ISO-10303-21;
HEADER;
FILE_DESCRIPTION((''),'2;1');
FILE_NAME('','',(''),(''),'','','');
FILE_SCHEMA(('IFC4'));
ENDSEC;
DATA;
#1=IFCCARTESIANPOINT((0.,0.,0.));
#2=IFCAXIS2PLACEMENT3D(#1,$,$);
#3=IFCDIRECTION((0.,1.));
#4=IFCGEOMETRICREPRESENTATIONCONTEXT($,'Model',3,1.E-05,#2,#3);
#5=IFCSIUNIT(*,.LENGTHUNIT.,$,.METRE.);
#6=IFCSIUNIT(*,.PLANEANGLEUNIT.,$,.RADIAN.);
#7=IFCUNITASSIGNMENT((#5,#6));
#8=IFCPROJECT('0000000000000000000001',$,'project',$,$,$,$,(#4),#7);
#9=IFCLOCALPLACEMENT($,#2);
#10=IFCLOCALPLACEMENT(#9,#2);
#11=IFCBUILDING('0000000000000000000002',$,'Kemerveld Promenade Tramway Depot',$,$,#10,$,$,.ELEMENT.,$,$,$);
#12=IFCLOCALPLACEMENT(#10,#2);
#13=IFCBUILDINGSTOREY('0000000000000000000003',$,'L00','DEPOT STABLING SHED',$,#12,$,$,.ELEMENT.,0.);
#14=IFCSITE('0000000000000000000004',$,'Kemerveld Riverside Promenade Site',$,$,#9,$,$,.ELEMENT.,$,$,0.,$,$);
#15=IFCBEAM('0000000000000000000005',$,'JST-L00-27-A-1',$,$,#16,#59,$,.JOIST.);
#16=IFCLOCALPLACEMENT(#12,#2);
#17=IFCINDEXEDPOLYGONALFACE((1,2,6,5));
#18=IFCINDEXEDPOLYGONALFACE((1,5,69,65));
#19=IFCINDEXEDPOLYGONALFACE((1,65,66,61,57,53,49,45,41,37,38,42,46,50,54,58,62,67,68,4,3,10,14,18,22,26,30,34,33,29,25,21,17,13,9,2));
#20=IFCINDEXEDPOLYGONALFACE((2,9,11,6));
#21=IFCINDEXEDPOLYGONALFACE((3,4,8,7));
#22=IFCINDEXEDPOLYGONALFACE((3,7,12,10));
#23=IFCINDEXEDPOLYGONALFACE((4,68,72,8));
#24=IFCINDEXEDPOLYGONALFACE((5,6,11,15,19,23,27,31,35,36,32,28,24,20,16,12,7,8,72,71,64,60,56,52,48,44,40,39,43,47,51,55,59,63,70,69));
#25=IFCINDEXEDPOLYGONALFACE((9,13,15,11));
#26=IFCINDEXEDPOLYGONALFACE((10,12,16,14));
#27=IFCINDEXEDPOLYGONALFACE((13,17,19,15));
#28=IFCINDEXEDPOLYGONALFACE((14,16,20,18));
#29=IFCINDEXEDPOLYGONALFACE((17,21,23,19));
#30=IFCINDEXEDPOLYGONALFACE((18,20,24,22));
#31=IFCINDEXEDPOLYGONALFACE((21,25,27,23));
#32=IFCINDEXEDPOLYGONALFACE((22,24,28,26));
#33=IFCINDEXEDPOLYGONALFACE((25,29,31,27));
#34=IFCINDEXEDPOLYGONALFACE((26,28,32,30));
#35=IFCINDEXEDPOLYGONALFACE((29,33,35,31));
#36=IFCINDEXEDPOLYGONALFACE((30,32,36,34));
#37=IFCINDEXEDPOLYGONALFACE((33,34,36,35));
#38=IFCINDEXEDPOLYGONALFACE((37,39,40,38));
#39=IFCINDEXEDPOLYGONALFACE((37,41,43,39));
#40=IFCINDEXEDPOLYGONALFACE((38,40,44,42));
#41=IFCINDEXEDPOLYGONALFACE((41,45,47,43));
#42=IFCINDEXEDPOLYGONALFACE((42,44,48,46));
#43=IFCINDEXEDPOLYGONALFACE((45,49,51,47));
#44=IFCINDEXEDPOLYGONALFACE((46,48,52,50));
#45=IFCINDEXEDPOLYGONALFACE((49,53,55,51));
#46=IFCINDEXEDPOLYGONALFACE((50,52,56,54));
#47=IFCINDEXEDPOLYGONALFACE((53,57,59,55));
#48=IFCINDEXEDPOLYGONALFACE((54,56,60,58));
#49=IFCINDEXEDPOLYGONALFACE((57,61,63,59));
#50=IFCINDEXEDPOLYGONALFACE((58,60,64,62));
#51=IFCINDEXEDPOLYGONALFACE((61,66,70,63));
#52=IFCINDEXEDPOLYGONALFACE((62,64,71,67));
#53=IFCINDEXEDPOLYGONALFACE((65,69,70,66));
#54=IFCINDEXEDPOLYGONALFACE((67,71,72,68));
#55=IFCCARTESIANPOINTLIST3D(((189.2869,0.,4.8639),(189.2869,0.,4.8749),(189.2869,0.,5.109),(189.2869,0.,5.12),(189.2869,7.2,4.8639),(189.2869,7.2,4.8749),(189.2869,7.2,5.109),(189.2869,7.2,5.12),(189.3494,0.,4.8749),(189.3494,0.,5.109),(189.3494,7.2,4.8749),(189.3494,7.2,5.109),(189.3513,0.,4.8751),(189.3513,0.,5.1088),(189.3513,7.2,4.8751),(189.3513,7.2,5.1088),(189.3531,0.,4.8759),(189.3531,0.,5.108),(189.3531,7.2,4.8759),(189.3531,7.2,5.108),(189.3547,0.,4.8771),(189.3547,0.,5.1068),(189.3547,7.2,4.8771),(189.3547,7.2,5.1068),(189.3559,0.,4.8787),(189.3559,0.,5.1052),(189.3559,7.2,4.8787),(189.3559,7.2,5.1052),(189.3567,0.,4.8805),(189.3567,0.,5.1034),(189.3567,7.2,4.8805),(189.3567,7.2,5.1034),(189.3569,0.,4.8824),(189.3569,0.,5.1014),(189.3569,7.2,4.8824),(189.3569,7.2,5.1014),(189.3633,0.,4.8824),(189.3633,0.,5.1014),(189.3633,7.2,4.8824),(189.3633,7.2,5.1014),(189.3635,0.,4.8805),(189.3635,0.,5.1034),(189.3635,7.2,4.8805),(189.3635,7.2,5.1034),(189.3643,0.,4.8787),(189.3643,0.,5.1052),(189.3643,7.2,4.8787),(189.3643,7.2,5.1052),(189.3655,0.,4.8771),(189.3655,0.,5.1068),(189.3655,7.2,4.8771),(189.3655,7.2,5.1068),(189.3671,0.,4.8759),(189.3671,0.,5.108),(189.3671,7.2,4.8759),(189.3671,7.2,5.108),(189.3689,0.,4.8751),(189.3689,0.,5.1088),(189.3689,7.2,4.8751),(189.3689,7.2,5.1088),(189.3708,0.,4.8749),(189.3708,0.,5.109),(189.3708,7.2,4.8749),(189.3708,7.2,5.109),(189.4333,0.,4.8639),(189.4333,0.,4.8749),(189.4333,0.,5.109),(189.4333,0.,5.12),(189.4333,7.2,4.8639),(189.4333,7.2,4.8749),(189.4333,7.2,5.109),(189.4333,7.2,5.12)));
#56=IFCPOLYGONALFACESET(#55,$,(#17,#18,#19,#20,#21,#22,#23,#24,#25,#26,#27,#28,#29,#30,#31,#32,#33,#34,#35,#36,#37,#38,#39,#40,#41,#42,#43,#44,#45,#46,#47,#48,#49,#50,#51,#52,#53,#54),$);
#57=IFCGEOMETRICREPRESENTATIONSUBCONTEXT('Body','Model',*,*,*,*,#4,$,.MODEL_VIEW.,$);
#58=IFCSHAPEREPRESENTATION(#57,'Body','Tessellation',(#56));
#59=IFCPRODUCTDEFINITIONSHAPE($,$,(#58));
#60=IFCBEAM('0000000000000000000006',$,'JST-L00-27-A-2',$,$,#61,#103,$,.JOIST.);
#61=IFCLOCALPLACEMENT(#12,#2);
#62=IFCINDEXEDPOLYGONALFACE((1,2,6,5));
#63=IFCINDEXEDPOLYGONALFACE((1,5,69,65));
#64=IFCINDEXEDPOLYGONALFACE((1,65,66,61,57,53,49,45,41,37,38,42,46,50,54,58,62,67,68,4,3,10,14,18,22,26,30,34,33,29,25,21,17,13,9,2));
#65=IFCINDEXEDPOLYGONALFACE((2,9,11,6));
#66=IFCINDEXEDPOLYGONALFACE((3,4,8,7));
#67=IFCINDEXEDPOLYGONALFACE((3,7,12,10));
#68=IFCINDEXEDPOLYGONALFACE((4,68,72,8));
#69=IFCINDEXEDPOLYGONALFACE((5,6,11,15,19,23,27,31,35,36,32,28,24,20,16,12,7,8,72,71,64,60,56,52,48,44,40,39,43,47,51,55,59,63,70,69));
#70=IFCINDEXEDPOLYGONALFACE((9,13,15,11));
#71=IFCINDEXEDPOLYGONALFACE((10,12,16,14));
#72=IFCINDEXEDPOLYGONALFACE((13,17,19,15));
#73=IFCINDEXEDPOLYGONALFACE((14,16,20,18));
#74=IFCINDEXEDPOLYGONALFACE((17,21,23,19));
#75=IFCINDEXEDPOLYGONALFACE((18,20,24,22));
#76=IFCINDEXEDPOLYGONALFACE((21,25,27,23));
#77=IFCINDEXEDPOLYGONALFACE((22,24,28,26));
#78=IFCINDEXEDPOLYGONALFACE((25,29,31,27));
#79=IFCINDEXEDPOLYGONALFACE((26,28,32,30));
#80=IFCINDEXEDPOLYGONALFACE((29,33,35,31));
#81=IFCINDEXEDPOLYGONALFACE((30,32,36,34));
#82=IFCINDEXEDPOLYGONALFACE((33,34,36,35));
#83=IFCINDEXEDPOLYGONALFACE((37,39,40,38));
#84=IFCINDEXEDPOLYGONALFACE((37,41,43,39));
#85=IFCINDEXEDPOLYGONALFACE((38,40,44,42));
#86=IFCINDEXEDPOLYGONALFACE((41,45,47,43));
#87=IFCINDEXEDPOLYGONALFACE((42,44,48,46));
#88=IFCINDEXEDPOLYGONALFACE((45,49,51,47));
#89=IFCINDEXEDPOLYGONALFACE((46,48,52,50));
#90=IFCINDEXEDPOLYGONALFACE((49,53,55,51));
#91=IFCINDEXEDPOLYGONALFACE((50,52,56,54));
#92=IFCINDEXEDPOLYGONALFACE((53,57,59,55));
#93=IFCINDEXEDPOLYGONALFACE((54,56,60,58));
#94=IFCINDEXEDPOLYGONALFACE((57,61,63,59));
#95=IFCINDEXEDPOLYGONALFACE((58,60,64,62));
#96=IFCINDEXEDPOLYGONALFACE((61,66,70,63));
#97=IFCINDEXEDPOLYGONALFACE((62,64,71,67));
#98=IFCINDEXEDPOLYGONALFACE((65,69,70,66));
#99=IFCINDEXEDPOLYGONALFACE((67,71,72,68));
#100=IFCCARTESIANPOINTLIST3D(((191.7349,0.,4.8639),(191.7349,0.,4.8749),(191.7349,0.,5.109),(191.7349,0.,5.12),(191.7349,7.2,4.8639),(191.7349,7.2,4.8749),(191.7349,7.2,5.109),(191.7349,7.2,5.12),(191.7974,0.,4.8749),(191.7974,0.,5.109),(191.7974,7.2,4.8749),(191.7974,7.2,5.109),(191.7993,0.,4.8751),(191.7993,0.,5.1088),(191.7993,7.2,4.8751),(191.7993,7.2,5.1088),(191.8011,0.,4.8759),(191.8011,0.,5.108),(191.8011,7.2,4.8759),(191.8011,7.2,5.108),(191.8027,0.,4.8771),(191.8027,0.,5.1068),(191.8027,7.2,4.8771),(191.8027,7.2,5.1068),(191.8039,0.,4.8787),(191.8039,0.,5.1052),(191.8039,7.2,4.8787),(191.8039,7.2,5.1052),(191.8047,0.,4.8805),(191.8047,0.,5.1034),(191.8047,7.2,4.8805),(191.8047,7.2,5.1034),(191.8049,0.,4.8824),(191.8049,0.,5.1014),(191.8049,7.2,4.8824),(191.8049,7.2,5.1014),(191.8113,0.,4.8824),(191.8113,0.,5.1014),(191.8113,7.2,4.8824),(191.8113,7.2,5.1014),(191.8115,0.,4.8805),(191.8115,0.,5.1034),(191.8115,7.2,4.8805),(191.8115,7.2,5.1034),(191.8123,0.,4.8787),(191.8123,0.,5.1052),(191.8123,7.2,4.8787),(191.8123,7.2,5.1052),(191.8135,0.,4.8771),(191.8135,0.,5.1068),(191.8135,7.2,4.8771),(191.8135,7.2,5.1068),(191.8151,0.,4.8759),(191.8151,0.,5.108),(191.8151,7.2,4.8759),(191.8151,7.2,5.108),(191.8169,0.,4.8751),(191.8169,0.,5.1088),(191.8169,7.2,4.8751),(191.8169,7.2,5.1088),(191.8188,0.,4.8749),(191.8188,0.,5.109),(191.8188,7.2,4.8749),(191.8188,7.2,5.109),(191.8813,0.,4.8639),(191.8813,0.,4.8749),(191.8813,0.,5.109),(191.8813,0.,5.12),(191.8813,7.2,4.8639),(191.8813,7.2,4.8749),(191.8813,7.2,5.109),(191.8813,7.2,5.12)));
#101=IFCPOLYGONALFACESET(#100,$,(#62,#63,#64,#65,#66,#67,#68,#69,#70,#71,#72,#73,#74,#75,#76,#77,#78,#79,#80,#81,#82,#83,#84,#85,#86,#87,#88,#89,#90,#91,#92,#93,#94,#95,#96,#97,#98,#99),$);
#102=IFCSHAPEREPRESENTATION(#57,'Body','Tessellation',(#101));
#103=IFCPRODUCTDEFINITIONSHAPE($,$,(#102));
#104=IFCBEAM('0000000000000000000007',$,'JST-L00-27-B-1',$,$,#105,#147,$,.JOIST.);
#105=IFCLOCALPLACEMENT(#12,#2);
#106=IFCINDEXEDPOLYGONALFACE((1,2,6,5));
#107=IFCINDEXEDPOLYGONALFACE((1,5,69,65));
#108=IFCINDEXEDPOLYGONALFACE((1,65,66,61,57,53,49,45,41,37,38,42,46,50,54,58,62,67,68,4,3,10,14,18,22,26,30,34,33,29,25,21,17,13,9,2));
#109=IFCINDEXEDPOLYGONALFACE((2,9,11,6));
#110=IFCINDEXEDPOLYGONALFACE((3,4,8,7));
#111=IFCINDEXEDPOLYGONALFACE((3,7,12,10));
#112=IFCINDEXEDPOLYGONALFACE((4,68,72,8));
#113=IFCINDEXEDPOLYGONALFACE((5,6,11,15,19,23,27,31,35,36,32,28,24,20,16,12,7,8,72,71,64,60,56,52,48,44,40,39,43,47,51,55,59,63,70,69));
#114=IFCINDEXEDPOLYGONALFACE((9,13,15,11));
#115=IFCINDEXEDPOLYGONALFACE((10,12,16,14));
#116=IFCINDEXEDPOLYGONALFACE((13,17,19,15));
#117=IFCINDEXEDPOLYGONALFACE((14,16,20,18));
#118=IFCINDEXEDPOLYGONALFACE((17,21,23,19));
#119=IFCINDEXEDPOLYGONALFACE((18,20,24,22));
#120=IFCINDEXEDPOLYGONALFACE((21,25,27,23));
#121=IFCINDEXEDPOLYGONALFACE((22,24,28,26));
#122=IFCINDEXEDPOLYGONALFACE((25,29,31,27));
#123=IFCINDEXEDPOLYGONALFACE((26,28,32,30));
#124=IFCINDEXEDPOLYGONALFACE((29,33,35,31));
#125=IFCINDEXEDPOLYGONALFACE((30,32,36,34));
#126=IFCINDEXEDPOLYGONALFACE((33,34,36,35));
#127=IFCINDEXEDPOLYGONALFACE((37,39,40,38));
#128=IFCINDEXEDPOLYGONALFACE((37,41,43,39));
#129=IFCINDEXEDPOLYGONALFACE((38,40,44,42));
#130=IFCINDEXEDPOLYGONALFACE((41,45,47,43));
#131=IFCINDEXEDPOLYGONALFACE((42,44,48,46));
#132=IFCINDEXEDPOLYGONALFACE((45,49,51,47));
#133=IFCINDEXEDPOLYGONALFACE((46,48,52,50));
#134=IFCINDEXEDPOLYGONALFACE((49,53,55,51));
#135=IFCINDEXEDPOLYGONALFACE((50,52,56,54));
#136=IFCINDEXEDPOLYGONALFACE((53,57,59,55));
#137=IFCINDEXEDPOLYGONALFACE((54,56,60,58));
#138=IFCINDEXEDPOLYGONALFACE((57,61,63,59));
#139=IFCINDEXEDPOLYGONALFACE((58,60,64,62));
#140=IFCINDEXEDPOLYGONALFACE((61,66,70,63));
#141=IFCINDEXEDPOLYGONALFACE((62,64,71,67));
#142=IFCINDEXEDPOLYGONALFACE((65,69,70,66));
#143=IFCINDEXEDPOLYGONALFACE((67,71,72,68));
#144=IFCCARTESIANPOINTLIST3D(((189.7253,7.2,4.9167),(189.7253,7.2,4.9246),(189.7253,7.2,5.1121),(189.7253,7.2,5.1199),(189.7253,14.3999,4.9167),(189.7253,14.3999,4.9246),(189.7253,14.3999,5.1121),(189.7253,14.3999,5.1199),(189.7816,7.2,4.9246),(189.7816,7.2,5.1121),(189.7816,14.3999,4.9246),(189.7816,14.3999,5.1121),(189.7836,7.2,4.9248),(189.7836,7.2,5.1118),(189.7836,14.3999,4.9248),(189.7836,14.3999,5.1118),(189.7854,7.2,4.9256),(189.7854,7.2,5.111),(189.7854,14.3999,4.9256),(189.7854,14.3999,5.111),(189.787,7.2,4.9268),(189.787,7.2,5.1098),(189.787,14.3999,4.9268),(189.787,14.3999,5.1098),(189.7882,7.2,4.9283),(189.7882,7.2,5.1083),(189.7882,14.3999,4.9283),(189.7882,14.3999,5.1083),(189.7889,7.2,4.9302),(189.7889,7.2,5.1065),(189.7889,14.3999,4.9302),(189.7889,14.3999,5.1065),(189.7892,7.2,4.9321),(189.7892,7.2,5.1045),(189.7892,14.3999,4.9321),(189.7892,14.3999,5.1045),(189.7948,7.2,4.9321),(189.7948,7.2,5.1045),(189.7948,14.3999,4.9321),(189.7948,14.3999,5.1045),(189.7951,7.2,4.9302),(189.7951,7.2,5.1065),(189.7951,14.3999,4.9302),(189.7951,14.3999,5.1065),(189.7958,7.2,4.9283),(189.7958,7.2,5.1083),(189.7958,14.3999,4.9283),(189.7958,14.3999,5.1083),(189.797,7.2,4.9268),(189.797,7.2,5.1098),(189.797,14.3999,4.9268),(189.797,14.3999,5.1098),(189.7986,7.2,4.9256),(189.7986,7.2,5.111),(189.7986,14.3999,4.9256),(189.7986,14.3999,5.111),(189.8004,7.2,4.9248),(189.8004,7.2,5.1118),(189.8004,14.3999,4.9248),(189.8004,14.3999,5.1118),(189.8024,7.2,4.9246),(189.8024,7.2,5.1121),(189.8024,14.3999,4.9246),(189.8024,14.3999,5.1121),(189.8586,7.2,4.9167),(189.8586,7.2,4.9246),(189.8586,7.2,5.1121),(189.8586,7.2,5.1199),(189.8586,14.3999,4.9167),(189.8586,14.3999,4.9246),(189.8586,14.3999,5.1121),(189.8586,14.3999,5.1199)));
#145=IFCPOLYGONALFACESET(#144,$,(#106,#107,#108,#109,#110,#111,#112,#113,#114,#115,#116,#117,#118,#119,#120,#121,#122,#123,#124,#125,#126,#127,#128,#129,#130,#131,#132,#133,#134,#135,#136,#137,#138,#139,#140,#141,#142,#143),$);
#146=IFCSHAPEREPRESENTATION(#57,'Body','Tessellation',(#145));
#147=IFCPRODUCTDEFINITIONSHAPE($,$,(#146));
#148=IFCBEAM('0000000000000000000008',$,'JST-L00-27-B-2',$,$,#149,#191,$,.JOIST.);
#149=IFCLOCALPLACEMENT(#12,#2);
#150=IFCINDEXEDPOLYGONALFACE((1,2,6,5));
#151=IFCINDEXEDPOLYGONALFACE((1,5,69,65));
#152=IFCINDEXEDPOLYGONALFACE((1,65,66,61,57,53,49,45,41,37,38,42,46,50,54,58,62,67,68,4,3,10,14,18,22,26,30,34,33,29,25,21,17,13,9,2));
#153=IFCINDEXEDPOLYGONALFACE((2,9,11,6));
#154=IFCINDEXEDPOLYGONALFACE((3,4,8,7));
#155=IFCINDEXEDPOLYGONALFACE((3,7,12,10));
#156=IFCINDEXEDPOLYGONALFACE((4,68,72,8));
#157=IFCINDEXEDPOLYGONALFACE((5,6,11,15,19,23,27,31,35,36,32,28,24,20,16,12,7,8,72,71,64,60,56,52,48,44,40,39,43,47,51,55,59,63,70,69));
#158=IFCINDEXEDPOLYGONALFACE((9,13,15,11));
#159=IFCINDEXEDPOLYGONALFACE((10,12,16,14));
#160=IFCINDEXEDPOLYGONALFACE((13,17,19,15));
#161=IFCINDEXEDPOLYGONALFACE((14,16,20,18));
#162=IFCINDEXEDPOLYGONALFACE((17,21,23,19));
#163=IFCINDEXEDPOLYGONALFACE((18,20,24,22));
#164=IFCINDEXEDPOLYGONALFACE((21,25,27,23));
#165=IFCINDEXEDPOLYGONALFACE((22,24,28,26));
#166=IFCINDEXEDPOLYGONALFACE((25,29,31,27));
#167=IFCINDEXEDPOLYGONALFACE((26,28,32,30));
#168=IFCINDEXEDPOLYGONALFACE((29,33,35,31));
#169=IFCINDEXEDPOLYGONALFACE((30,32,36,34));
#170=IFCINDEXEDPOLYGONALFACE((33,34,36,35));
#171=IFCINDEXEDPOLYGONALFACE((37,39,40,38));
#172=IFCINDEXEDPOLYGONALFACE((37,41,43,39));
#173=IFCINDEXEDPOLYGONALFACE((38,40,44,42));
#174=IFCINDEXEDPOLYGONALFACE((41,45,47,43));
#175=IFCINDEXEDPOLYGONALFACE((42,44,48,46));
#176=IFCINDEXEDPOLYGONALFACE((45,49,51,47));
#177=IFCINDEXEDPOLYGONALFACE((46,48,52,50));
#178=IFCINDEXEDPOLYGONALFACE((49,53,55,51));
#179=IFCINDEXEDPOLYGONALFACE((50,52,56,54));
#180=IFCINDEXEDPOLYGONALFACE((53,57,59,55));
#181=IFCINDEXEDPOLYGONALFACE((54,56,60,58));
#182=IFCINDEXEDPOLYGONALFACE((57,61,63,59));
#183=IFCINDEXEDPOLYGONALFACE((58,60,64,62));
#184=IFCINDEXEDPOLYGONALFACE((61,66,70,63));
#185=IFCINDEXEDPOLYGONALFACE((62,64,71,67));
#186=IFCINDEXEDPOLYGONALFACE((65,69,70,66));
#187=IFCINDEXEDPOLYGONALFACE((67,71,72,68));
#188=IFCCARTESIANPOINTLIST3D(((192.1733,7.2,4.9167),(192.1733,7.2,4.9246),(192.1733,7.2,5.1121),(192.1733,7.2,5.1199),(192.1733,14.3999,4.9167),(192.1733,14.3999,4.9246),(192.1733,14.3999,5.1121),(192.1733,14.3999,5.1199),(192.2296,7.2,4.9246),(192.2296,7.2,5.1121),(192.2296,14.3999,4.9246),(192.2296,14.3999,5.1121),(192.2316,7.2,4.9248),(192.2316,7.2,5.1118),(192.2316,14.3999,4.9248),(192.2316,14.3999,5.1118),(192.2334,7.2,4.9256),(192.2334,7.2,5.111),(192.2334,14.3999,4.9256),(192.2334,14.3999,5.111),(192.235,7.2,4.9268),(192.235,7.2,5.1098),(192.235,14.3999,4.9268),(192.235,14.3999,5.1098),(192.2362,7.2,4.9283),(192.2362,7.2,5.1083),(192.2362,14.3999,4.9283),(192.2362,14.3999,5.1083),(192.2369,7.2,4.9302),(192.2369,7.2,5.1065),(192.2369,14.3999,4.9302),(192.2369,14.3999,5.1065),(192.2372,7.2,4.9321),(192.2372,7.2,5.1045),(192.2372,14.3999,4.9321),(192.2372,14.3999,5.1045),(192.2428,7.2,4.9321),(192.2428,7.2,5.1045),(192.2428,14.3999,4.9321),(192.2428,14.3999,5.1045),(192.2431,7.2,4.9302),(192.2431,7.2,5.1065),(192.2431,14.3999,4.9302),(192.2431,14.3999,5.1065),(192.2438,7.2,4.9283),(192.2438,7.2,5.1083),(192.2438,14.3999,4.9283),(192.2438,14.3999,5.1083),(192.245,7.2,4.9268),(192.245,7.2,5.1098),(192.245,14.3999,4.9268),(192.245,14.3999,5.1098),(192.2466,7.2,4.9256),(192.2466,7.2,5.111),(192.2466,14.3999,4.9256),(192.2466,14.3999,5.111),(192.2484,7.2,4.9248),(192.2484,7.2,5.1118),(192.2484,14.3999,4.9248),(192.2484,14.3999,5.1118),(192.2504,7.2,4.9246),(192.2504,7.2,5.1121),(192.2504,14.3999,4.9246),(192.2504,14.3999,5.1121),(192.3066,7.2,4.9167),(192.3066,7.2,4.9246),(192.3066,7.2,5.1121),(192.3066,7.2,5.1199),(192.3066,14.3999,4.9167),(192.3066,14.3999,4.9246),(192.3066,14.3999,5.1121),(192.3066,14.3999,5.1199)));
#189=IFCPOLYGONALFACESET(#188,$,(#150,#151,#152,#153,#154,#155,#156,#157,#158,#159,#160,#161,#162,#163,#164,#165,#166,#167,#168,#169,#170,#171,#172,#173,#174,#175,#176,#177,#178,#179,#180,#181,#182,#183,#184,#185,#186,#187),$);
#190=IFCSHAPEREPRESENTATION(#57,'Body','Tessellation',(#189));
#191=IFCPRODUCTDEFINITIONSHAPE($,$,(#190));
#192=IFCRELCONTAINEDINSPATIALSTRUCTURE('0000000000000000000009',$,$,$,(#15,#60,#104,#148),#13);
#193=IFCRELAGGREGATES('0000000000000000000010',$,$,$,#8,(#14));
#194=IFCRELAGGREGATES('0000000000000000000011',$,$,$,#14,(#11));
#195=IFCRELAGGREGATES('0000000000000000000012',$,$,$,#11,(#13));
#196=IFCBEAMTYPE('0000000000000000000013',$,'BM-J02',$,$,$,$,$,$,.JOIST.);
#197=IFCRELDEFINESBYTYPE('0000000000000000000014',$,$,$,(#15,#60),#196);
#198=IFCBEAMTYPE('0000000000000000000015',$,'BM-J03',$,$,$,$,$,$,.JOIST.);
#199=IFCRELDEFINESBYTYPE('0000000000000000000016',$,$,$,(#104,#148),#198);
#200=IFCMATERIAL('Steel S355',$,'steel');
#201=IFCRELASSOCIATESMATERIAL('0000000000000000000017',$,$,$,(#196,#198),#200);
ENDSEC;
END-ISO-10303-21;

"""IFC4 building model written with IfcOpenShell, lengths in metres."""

from ifc_helpers import new_model, si_unit, direction, frame, origin, origin_2d, place, context, subcontext, project, spatial, i_section, extrude, material, material_profile, profile_set, type_object, element, save


model = new_model("IFC4")

# Units and contexts
model_context = context("Model", 3, precision=1e-05, world=origin(), true_north=direction((0.0, 1.0)))
body_context = subcontext(model_context, "Body", "Model", "MODEL_VIEW")
ifc_project = project(units=[si_unit("LENGTHUNIT", "METRE"), si_unit("PLANEANGLEUNIT", "RADIAN")], contexts=[model_context])

# Site, building, storey
site_placement = place(None, origin())
site = spatial("IfcSite", under=ifc_project, at=site_placement, Name="Kemerveld Riverside Promenade Site", CompositionType="ELEMENT", RefElevation=0.0)
building_placement = place(site_placement, origin())
building = spatial("IfcBuilding", under=site, at=building_placement, Name="Kemerveld Promenade Tramway Depot", CompositionType="ELEMENT")
storey_placement = place(building_placement, origin())
storey = spatial("IfcBuildingStorey", under=building, at=storey_placement, Name="L00", Description="DEPOT STABLING SHED", CompositionType="ELEMENT", Elevation=0.0)

# Shared definitions
ifc_material_1 = material(Name="Steel S355", Category="steel")

# Beams
ifc_material_profile_1 = material_profile(ifc_material_1, i_section(OverallWidth=0.1465, OverallDepth=0.2561, WebThickness=0.0063, FlangeThickness=0.011, FilletRadius=0.0076, at=origin_2d()), Name="254x146x37 UB")
ifc_profile_set_1 = profile_set([ifc_material_profile_1], Name="Steel S355")
beam_type_1 = type_object("IfcBeamType", Name="BM-J02", PredefinedType="JOIST", material=ifc_profile_set_1)
for number, where, z_axis, x_axis, name in (
    (1, (189.3601, 0.0, 4.9919), (0.0, 1.0, 0.0), (-1.0, 0.0, 0.0), "JST-L00-27-A-1"),
    (2, (191.8081, 0.0, 4.9919), (0.0, 1.0, 0.0), (-1.0, 0.0, 0.0), "JST-L00-27-A-2"),
):
    element("IfcBeam", number, at=place(storey_placement, frame(where, z_axis=z_axis, x_axis=x_axis)), inside=storey, type_object=beam_type_1, Name=name, PredefinedType="JOIST", context=body_context, shape_type="SweptSolid", body=[
        extrude(i_section(OverallWidth=0.1465, OverallDepth=0.2561, WebThickness=0.0063, FlangeThickness=0.011, FilletRadius=0.0076, at=origin_2d()), origin(), (0.0, 0.0, 1.0), 7.2),
    ])
ifc_material_profile_2 = material_profile(ifc_material_1, i_section(OverallWidth=0.1333, OverallDepth=0.2031, WebThickness=0.0056, FlangeThickness=0.0078, FilletRadius=0.0076, at=origin_2d()), Name="203x133x25 UB")
ifc_profile_set_2 = profile_set([ifc_material_profile_2], Name="Steel S355")
beam_type_2 = type_object("IfcBeamType", Name="BM-J03", PredefinedType="JOIST", material=ifc_profile_set_2)
for number, where, z_axis, x_axis, name in (
    (3, (189.792, 7.2, 5.0183), (0.0, 1.0, 0.0), (-1.0, 0.0, 0.0), "JST-L00-27-B-1"),
    (4, (192.24, 7.2, 5.0183), (0.0, 1.0, 0.0), (-1.0, 0.0, 0.0), "JST-L00-27-B-2"),
):
    element("IfcBeam", number, at=place(storey_placement, frame(where, z_axis=z_axis, x_axis=x_axis)), inside=storey, type_object=beam_type_2, Name=name, PredefinedType="JOIST", context=body_context, shape_type="SweptSolid", body=[
        extrude(i_section(OverallWidth=0.1333, OverallDepth=0.2031, WebThickness=0.0056, FlangeThickness=0.0078, FilletRadius=0.0076, at=origin_2d()), origin(), (0.0, 0.0, 1.0), 7.2),
    ])

save(model, "model.ifc")
